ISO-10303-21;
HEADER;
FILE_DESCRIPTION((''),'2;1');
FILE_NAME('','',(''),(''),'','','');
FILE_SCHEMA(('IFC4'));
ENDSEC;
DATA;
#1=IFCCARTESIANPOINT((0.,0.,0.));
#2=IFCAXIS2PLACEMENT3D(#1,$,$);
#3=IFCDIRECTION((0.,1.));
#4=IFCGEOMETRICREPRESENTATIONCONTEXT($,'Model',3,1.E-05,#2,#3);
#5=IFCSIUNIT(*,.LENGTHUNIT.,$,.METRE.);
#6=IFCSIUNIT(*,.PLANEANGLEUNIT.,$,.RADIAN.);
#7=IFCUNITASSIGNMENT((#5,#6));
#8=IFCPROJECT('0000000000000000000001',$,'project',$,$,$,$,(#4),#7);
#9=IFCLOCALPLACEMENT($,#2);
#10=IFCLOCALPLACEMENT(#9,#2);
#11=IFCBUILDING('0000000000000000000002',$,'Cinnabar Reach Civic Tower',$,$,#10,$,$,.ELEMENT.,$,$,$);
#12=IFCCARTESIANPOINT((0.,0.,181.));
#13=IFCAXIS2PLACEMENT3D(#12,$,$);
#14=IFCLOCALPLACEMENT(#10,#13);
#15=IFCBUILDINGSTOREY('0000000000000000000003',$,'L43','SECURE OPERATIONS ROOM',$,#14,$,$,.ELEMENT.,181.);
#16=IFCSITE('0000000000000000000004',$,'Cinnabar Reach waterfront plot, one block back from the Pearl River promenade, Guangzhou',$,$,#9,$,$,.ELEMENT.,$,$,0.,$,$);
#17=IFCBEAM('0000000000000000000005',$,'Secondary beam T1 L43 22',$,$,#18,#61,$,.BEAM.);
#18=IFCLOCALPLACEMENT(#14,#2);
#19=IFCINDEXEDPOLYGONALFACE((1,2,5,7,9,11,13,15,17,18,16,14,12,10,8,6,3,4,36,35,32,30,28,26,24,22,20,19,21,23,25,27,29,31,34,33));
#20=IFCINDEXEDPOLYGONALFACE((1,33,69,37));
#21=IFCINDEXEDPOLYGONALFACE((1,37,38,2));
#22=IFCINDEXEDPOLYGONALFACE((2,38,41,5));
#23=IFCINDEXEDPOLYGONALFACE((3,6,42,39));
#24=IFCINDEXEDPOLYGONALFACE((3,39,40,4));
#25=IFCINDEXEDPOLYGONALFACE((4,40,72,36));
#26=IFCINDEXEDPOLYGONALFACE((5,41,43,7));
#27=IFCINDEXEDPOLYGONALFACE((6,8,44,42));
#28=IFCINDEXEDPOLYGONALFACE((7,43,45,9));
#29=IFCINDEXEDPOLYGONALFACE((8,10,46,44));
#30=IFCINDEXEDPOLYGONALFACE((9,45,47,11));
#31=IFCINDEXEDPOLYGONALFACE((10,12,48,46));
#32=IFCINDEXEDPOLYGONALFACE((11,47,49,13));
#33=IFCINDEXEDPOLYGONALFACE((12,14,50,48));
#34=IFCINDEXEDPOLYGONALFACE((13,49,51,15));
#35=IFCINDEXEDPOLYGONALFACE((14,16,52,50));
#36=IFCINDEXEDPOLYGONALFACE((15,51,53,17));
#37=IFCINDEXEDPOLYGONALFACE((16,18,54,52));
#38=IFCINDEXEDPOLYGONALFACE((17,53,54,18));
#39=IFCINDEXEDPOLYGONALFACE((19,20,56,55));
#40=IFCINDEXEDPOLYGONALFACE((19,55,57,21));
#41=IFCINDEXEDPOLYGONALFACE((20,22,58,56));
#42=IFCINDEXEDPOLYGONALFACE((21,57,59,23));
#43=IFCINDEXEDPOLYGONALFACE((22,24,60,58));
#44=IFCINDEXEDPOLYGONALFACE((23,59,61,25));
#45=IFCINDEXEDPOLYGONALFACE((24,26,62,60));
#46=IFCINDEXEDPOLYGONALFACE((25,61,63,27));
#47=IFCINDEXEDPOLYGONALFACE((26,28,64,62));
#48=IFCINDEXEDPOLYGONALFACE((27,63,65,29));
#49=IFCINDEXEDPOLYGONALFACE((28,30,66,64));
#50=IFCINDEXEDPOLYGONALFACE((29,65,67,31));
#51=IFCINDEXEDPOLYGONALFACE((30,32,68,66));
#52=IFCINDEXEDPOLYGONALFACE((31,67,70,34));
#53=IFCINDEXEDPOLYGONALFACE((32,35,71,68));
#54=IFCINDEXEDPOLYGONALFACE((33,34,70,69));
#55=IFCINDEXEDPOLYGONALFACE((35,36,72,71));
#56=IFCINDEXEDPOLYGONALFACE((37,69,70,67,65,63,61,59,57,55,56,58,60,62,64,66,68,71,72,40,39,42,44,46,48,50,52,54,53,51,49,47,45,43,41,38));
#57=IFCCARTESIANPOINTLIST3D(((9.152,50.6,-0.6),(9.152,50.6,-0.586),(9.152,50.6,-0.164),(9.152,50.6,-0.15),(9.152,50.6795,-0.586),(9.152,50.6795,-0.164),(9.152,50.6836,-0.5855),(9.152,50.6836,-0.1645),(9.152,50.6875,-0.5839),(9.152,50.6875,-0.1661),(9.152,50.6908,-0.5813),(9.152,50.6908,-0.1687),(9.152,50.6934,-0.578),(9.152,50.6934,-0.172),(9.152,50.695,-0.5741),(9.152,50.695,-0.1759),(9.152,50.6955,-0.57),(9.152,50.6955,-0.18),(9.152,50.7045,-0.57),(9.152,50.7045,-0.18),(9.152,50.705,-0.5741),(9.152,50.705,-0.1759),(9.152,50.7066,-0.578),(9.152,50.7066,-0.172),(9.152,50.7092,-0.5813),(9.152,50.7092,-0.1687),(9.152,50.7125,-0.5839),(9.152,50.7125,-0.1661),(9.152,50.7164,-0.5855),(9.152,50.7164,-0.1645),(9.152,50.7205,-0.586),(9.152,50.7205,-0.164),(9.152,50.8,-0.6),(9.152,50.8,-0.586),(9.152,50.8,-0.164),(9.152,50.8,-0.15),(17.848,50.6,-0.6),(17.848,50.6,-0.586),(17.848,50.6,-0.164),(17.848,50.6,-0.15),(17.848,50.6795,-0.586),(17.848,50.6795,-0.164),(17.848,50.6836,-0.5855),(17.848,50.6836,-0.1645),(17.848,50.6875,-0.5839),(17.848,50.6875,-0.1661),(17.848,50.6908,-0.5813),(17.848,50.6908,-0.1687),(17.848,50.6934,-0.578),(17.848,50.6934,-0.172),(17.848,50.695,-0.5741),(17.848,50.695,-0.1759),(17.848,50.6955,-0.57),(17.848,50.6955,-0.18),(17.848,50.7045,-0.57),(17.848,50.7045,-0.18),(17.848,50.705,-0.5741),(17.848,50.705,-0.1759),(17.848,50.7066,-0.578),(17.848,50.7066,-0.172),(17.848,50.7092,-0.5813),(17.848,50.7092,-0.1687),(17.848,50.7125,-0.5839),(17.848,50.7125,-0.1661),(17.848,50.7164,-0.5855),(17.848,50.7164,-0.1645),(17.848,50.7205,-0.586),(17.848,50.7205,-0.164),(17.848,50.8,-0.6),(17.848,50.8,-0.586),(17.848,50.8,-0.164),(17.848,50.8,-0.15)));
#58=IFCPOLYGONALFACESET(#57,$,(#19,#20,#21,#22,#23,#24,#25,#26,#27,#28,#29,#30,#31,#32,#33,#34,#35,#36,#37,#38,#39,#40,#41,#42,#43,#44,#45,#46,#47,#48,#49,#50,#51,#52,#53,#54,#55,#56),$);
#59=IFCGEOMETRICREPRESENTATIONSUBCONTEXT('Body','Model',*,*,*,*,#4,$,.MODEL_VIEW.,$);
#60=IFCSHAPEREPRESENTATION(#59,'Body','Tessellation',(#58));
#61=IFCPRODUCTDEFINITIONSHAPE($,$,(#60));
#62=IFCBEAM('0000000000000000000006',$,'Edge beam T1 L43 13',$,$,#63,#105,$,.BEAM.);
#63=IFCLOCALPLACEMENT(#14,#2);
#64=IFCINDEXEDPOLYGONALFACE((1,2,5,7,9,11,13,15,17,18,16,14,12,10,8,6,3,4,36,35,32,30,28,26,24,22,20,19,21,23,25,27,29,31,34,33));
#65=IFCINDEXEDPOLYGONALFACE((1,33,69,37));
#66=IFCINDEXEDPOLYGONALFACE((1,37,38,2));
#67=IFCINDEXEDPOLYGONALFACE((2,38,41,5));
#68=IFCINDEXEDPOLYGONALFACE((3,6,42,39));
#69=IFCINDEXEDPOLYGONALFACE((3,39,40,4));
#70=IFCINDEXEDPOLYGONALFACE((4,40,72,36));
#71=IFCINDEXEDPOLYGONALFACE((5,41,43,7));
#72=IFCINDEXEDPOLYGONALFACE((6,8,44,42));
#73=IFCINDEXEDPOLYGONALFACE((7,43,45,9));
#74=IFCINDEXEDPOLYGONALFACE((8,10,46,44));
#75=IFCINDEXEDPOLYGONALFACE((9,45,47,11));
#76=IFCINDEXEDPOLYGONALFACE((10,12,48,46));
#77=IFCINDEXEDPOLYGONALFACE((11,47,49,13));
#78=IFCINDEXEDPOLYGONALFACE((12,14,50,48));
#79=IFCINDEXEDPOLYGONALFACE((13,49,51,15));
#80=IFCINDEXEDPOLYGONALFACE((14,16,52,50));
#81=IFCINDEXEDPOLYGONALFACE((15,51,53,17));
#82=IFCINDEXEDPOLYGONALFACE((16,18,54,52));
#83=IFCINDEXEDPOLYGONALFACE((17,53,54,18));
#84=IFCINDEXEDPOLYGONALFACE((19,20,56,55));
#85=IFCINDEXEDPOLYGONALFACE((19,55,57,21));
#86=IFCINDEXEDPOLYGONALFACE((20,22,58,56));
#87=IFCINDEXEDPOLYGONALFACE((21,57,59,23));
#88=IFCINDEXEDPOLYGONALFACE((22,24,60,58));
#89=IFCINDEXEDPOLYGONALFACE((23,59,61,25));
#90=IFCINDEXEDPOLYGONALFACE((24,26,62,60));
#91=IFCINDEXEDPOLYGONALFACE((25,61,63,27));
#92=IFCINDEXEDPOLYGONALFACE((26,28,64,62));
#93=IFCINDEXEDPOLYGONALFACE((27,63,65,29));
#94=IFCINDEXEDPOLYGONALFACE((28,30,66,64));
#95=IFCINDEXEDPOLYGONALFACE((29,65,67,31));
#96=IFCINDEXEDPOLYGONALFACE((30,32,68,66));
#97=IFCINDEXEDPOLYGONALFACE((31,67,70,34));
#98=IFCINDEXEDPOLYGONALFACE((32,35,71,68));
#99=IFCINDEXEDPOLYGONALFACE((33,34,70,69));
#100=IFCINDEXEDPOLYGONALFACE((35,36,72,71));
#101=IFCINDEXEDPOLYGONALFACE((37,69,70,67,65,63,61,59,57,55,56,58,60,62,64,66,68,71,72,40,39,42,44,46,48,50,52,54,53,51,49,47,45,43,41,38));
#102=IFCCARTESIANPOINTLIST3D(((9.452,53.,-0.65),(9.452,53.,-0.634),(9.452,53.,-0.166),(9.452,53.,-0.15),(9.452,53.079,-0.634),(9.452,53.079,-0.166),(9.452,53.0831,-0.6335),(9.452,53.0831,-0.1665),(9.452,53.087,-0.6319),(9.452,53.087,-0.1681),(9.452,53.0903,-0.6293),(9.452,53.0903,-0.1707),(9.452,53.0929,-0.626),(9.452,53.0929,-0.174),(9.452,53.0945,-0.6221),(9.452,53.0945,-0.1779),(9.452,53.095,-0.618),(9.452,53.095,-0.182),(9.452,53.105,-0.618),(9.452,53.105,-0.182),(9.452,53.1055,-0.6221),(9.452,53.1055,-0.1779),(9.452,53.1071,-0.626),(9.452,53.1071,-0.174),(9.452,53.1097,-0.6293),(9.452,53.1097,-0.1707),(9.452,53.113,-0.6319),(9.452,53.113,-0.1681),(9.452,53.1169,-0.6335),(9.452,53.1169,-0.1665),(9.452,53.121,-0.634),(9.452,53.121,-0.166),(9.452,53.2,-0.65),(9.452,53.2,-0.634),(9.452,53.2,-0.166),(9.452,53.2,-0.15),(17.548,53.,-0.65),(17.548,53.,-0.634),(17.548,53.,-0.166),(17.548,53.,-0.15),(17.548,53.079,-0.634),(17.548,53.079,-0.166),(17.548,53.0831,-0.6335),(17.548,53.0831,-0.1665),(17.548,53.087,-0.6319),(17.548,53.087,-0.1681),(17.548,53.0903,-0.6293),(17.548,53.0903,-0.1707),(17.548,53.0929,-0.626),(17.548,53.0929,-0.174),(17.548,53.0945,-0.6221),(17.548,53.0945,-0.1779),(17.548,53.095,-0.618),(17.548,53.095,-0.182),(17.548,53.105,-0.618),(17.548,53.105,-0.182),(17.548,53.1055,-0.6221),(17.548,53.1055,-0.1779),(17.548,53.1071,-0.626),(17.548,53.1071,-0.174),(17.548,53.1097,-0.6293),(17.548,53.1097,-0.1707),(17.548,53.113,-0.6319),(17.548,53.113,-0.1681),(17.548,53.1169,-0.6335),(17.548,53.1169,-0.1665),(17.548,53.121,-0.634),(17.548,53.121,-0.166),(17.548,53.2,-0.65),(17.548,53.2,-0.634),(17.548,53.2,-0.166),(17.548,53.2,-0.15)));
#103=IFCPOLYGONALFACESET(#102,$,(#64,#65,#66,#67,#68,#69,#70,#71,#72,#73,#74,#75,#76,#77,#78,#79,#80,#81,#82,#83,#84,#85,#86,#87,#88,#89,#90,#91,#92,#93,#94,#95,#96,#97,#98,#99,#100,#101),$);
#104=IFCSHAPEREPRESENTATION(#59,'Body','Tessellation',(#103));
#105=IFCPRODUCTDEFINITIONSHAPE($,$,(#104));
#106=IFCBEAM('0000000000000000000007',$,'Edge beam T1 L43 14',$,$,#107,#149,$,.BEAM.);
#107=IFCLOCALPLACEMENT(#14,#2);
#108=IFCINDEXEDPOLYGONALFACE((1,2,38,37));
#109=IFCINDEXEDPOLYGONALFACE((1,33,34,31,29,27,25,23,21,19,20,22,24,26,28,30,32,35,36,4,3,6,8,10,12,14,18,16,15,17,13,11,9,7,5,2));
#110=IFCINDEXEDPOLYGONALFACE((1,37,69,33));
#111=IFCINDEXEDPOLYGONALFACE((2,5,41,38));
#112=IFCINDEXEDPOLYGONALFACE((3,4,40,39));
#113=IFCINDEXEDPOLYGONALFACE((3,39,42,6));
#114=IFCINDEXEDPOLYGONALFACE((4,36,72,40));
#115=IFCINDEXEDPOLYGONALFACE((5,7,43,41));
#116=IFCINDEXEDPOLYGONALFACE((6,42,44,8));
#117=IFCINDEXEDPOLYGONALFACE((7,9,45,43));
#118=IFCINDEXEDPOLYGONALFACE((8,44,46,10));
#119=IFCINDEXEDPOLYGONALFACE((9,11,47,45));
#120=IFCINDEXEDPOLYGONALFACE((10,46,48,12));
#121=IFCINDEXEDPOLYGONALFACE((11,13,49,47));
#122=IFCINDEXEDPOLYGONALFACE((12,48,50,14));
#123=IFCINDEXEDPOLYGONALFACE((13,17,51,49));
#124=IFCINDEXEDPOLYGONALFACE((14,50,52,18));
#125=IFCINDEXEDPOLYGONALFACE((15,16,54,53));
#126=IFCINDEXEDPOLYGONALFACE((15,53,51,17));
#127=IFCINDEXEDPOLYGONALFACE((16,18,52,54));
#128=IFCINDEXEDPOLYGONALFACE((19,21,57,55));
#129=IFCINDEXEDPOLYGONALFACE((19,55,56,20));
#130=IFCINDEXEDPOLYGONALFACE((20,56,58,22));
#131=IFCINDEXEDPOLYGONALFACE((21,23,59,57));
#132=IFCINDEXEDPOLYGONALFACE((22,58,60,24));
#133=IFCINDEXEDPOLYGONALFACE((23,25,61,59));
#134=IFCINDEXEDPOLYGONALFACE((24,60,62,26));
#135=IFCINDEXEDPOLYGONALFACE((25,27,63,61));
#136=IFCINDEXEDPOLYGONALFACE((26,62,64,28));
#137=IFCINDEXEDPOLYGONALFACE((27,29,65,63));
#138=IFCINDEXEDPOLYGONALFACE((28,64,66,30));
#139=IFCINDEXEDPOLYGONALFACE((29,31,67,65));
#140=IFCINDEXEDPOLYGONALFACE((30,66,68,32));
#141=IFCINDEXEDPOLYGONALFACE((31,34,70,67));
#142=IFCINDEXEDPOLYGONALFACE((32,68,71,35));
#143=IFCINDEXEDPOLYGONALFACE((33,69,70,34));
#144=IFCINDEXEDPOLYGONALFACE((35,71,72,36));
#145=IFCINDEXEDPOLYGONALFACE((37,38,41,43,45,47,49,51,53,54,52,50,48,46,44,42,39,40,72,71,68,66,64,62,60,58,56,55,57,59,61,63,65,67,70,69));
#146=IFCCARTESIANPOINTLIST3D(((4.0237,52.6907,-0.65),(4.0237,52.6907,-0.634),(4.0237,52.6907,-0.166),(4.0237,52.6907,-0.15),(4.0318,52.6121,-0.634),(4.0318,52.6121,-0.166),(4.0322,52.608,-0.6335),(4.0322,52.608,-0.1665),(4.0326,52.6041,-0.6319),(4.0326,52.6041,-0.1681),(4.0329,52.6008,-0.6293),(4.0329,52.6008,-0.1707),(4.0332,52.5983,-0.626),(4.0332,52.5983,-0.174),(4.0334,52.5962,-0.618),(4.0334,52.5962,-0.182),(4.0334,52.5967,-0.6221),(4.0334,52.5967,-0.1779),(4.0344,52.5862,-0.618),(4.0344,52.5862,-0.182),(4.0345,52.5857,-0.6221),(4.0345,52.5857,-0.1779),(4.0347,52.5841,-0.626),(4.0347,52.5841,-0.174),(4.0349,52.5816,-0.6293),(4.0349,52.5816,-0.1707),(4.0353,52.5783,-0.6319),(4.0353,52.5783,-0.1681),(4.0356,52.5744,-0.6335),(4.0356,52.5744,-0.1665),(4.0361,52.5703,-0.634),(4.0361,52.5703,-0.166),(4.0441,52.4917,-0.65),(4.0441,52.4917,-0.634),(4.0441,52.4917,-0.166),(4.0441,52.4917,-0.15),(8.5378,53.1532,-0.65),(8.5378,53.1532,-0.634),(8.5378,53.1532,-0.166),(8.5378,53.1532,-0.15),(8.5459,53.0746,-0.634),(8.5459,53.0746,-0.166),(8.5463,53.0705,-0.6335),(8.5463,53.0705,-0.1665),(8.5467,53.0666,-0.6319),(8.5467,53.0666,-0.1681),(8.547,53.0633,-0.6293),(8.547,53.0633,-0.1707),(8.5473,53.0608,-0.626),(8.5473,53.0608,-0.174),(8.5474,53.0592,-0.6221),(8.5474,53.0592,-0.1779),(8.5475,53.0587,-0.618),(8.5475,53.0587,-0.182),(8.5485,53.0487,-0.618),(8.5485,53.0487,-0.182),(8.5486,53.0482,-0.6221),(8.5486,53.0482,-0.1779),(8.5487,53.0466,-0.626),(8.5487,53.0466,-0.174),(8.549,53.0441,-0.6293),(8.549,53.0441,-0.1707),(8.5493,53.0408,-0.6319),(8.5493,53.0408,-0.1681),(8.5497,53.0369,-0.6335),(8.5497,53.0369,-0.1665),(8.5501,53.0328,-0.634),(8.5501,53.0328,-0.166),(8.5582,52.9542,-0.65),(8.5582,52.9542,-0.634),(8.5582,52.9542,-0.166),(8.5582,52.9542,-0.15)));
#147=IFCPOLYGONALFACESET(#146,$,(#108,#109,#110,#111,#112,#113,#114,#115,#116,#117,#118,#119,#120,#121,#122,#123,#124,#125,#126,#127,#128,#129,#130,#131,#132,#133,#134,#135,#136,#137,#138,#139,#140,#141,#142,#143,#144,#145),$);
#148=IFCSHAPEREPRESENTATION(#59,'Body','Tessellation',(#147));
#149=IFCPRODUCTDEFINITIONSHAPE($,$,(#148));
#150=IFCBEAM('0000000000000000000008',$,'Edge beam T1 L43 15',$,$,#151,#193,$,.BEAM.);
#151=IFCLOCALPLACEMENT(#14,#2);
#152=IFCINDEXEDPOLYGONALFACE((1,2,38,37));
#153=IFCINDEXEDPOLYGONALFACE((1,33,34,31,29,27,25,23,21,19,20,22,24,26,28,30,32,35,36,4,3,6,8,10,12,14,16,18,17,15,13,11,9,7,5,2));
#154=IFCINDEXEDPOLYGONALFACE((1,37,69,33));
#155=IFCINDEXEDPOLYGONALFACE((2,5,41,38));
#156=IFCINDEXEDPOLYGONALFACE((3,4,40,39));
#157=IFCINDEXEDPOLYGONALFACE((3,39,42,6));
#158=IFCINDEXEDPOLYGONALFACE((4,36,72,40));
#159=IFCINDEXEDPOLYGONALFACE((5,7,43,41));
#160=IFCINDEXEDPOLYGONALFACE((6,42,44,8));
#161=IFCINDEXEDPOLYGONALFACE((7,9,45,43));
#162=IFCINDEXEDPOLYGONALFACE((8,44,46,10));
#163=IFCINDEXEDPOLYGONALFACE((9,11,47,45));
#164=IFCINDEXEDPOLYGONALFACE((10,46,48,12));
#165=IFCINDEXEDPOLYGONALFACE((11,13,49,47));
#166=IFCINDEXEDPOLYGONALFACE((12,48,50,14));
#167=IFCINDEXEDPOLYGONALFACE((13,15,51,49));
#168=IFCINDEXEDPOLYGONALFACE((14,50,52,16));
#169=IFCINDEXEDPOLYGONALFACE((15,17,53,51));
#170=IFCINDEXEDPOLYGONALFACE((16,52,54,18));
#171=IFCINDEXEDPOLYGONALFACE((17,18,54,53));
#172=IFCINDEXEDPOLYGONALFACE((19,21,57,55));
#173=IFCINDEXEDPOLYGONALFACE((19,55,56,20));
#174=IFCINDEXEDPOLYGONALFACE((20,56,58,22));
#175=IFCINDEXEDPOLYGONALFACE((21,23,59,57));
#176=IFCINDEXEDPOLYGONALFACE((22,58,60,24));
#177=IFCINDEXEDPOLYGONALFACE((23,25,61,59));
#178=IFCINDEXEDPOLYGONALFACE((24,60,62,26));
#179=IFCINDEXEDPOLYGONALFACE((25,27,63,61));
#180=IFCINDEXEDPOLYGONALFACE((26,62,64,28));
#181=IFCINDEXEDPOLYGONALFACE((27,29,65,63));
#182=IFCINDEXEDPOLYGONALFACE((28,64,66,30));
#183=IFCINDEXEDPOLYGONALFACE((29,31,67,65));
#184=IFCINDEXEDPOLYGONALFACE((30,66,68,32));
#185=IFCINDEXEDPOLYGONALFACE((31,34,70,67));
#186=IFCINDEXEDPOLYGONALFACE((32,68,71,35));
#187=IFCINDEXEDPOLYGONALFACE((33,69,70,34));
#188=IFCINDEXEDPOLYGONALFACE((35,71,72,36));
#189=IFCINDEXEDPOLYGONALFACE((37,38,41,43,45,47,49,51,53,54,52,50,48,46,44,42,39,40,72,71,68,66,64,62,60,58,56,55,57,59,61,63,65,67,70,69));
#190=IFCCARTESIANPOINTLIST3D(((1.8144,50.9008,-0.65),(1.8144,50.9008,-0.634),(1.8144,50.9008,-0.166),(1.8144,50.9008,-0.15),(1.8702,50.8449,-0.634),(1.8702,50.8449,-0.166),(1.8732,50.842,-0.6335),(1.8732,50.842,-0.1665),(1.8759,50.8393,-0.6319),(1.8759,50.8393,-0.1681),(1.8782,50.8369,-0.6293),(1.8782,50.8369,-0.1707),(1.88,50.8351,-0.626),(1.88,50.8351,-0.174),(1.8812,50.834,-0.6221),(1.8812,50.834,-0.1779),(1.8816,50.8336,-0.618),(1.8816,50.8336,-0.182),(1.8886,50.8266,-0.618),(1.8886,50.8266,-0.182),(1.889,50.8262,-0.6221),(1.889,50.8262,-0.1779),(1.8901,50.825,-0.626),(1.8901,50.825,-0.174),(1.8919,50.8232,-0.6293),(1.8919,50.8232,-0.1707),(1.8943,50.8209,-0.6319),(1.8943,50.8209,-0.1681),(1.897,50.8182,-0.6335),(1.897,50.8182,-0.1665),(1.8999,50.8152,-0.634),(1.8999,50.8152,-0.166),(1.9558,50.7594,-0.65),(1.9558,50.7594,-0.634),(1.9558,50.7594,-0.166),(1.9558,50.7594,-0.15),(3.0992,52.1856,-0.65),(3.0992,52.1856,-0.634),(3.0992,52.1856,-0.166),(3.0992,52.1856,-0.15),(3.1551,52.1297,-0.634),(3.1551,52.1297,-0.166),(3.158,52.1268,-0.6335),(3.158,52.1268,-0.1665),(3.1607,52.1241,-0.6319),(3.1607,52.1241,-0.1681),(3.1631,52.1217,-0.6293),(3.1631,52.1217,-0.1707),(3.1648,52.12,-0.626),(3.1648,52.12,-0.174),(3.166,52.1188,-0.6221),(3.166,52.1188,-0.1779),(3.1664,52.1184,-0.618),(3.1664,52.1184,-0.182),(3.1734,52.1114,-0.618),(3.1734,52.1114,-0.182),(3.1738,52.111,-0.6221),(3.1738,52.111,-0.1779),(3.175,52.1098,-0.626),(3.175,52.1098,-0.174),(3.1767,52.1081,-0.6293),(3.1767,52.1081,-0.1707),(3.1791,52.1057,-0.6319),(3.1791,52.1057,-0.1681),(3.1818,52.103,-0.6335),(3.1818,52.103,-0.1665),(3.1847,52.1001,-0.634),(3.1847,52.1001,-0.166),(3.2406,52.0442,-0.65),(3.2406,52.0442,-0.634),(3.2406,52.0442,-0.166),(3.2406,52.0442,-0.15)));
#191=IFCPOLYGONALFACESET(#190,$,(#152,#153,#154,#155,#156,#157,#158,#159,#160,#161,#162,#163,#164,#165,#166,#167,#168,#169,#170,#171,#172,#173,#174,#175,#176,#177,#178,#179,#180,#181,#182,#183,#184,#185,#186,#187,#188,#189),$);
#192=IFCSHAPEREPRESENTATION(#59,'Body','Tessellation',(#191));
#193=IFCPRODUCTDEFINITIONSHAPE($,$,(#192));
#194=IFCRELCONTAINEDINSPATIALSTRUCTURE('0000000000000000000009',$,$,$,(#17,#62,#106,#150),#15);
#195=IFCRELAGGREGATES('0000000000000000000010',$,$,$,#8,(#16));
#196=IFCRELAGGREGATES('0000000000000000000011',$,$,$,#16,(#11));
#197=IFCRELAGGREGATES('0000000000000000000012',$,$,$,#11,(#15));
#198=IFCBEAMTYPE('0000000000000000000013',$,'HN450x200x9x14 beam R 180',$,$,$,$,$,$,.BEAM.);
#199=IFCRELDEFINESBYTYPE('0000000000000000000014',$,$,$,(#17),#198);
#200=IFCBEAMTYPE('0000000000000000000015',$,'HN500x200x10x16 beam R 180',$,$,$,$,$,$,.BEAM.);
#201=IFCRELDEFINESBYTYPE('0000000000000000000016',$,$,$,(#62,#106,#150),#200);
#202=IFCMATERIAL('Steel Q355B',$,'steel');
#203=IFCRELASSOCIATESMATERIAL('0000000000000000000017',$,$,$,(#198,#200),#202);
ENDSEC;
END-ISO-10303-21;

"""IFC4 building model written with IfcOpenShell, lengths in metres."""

from ifc_helpers import new_model, si_unit, direction, frame, origin, origin_2d, place, context, subcontext, project, spatial, i_section, extrude, material, material_profile, profile_set, type_object, element, save


model = new_model("IFC4")

# Units and contexts
model_context = context("Model", 3, precision=1e-05, world=origin(), true_north=direction((0.0, 1.0)))
body_context = subcontext(model_context, "Body", "Model", "MODEL_VIEW")
ifc_project = project(units=[si_unit("LENGTHUNIT", "METRE"), si_unit("PLANEANGLEUNIT", "RADIAN")], contexts=[model_context])

# Site, building, storey
site_placement = place(None, origin())
site = spatial("IfcSite", under=ifc_project, at=site_placement, Name="Cinnabar Reach waterfront plot, one block back from the Pearl River promenade, Guangzhou", CompositionType="ELEMENT", RefElevation=0.0)
building_placement = place(site_placement, origin())
building = spatial("IfcBuilding", under=site, at=building_placement, Name="Cinnabar Reach Civic Tower", CompositionType="ELEMENT")
storey_placement = place(building_placement, frame((0.0, 0.0, 181.0)))
storey = spatial("IfcBuildingStorey", under=building, at=storey_placement, Name="L43", Description="SECURE OPERATIONS ROOM", CompositionType="ELEMENT", Elevation=181.0)

# Beams
ifc_material_1 = material(Name="Steel Q355B", Category="steel")
ifc_material_profile_1 = material_profile(ifc_material_1, i_section(OverallWidth=0.2, OverallDepth=0.45, WebThickness=0.009, FlangeThickness=0.014, FilletRadius=0.016, at=origin_2d()), Name="HN450x200x9x14")
ifc_profile_set_1 = profile_set([ifc_material_profile_1], Name="Steel Q355B")
beam_type_1 = type_object("IfcBeamType", Name="HN450x200x9x14 beam R 180", PredefinedType="BEAM", material=ifc_profile_set_1)
for number, where, z_axis, x_axis, name in (
    (1, (9.152, 50.7, -0.375), (1.0, 0.0, 0.0), (0.0, 1.0, 0.0), "Secondary beam T1 L43 22"),
):
    element("IfcBeam", number, at=place(storey_placement, frame(where, z_axis=z_axis, x_axis=x_axis)), inside=storey, type_object=beam_type_1, Name=name, PredefinedType="BEAM", context=body_context, shape_type="SweptSolid", body=[
        extrude(i_section(OverallWidth=0.2, OverallDepth=0.45, WebThickness=0.009, FlangeThickness=0.014, FilletRadius=0.016, at=origin_2d()), origin(), (0.0, 0.0, 1.0), 8.696),
    ])
ifc_material_profile_2 = material_profile(ifc_material_1, i_section(OverallWidth=0.2, OverallDepth=0.5, WebThickness=0.01, FlangeThickness=0.016, FilletRadius=0.016, at=origin_2d()), Name="HN500x200x10x16")
ifc_profile_set_2 = profile_set([ifc_material_profile_2], Name="Steel Q355B")
beam_type_2 = type_object("IfcBeamType", Name="HN500x200x10x16 beam R 180", PredefinedType="BEAM", material=ifc_profile_set_2)
beam_1_placement = place(storey_placement, frame((17.548, 53.1, -0.4), z_axis=(-1.0, 0.0, 0.0), x_axis=(0.0, -1.0, 0.0)))
element("IfcBeam", 2, at=beam_1_placement, inside=storey, type_object=beam_type_2, Name="Edge beam T1 L43 13", PredefinedType="BEAM", context=body_context, shape_type="SweptSolid", body=[
    extrude(i_section(OverallWidth=0.2, OverallDepth=0.5, WebThickness=0.01, FlangeThickness=0.016, FilletRadius=0.016, at=origin_2d()), origin(), (0.0, 0.0, 1.0), 8.096),
])
beam_2_placement = place(storey_placement, frame((8.548, 53.0537, -0.4), z_axis=(-0.994792, -0.101923, 0.0), x_axis=(0.101923, -0.994792, 0.0)))
element("IfcBeam", 3, at=beam_2_placement, inside=storey, type_object=beam_type_2, Name="Edge beam T1 L43 14", PredefinedType="BEAM", context=body_context, shape_type="SweptSolid", body=[
    extrude(i_section(OverallWidth=0.2, OverallDepth=0.5, WebThickness=0.01, FlangeThickness=0.016, FilletRadius=0.016, at=origin_2d()), origin(), (0.0, 0.0, 1.0), 4.5377),
])
beam_3_placement = place(storey_placement, frame((3.1699, 52.1149, -0.4), z_axis=(-0.707107, -0.707107, 0.0), x_axis=(0.707107, -0.707107, 0.0)))
element("IfcBeam", 4, at=beam_3_placement, inside=storey, type_object=beam_type_2, Name="Edge beam T1 L43 15", PredefinedType="BEAM", context=body_context, shape_type="SweptSolid", body=[
    extrude(i_section(OverallWidth=0.2, OverallDepth=0.5, WebThickness=0.01, FlangeThickness=0.016, FilletRadius=0.016, at=origin_2d()), origin(), (0.0, 0.0, 1.0), 1.817),
])

save(model, "model.ifc")
